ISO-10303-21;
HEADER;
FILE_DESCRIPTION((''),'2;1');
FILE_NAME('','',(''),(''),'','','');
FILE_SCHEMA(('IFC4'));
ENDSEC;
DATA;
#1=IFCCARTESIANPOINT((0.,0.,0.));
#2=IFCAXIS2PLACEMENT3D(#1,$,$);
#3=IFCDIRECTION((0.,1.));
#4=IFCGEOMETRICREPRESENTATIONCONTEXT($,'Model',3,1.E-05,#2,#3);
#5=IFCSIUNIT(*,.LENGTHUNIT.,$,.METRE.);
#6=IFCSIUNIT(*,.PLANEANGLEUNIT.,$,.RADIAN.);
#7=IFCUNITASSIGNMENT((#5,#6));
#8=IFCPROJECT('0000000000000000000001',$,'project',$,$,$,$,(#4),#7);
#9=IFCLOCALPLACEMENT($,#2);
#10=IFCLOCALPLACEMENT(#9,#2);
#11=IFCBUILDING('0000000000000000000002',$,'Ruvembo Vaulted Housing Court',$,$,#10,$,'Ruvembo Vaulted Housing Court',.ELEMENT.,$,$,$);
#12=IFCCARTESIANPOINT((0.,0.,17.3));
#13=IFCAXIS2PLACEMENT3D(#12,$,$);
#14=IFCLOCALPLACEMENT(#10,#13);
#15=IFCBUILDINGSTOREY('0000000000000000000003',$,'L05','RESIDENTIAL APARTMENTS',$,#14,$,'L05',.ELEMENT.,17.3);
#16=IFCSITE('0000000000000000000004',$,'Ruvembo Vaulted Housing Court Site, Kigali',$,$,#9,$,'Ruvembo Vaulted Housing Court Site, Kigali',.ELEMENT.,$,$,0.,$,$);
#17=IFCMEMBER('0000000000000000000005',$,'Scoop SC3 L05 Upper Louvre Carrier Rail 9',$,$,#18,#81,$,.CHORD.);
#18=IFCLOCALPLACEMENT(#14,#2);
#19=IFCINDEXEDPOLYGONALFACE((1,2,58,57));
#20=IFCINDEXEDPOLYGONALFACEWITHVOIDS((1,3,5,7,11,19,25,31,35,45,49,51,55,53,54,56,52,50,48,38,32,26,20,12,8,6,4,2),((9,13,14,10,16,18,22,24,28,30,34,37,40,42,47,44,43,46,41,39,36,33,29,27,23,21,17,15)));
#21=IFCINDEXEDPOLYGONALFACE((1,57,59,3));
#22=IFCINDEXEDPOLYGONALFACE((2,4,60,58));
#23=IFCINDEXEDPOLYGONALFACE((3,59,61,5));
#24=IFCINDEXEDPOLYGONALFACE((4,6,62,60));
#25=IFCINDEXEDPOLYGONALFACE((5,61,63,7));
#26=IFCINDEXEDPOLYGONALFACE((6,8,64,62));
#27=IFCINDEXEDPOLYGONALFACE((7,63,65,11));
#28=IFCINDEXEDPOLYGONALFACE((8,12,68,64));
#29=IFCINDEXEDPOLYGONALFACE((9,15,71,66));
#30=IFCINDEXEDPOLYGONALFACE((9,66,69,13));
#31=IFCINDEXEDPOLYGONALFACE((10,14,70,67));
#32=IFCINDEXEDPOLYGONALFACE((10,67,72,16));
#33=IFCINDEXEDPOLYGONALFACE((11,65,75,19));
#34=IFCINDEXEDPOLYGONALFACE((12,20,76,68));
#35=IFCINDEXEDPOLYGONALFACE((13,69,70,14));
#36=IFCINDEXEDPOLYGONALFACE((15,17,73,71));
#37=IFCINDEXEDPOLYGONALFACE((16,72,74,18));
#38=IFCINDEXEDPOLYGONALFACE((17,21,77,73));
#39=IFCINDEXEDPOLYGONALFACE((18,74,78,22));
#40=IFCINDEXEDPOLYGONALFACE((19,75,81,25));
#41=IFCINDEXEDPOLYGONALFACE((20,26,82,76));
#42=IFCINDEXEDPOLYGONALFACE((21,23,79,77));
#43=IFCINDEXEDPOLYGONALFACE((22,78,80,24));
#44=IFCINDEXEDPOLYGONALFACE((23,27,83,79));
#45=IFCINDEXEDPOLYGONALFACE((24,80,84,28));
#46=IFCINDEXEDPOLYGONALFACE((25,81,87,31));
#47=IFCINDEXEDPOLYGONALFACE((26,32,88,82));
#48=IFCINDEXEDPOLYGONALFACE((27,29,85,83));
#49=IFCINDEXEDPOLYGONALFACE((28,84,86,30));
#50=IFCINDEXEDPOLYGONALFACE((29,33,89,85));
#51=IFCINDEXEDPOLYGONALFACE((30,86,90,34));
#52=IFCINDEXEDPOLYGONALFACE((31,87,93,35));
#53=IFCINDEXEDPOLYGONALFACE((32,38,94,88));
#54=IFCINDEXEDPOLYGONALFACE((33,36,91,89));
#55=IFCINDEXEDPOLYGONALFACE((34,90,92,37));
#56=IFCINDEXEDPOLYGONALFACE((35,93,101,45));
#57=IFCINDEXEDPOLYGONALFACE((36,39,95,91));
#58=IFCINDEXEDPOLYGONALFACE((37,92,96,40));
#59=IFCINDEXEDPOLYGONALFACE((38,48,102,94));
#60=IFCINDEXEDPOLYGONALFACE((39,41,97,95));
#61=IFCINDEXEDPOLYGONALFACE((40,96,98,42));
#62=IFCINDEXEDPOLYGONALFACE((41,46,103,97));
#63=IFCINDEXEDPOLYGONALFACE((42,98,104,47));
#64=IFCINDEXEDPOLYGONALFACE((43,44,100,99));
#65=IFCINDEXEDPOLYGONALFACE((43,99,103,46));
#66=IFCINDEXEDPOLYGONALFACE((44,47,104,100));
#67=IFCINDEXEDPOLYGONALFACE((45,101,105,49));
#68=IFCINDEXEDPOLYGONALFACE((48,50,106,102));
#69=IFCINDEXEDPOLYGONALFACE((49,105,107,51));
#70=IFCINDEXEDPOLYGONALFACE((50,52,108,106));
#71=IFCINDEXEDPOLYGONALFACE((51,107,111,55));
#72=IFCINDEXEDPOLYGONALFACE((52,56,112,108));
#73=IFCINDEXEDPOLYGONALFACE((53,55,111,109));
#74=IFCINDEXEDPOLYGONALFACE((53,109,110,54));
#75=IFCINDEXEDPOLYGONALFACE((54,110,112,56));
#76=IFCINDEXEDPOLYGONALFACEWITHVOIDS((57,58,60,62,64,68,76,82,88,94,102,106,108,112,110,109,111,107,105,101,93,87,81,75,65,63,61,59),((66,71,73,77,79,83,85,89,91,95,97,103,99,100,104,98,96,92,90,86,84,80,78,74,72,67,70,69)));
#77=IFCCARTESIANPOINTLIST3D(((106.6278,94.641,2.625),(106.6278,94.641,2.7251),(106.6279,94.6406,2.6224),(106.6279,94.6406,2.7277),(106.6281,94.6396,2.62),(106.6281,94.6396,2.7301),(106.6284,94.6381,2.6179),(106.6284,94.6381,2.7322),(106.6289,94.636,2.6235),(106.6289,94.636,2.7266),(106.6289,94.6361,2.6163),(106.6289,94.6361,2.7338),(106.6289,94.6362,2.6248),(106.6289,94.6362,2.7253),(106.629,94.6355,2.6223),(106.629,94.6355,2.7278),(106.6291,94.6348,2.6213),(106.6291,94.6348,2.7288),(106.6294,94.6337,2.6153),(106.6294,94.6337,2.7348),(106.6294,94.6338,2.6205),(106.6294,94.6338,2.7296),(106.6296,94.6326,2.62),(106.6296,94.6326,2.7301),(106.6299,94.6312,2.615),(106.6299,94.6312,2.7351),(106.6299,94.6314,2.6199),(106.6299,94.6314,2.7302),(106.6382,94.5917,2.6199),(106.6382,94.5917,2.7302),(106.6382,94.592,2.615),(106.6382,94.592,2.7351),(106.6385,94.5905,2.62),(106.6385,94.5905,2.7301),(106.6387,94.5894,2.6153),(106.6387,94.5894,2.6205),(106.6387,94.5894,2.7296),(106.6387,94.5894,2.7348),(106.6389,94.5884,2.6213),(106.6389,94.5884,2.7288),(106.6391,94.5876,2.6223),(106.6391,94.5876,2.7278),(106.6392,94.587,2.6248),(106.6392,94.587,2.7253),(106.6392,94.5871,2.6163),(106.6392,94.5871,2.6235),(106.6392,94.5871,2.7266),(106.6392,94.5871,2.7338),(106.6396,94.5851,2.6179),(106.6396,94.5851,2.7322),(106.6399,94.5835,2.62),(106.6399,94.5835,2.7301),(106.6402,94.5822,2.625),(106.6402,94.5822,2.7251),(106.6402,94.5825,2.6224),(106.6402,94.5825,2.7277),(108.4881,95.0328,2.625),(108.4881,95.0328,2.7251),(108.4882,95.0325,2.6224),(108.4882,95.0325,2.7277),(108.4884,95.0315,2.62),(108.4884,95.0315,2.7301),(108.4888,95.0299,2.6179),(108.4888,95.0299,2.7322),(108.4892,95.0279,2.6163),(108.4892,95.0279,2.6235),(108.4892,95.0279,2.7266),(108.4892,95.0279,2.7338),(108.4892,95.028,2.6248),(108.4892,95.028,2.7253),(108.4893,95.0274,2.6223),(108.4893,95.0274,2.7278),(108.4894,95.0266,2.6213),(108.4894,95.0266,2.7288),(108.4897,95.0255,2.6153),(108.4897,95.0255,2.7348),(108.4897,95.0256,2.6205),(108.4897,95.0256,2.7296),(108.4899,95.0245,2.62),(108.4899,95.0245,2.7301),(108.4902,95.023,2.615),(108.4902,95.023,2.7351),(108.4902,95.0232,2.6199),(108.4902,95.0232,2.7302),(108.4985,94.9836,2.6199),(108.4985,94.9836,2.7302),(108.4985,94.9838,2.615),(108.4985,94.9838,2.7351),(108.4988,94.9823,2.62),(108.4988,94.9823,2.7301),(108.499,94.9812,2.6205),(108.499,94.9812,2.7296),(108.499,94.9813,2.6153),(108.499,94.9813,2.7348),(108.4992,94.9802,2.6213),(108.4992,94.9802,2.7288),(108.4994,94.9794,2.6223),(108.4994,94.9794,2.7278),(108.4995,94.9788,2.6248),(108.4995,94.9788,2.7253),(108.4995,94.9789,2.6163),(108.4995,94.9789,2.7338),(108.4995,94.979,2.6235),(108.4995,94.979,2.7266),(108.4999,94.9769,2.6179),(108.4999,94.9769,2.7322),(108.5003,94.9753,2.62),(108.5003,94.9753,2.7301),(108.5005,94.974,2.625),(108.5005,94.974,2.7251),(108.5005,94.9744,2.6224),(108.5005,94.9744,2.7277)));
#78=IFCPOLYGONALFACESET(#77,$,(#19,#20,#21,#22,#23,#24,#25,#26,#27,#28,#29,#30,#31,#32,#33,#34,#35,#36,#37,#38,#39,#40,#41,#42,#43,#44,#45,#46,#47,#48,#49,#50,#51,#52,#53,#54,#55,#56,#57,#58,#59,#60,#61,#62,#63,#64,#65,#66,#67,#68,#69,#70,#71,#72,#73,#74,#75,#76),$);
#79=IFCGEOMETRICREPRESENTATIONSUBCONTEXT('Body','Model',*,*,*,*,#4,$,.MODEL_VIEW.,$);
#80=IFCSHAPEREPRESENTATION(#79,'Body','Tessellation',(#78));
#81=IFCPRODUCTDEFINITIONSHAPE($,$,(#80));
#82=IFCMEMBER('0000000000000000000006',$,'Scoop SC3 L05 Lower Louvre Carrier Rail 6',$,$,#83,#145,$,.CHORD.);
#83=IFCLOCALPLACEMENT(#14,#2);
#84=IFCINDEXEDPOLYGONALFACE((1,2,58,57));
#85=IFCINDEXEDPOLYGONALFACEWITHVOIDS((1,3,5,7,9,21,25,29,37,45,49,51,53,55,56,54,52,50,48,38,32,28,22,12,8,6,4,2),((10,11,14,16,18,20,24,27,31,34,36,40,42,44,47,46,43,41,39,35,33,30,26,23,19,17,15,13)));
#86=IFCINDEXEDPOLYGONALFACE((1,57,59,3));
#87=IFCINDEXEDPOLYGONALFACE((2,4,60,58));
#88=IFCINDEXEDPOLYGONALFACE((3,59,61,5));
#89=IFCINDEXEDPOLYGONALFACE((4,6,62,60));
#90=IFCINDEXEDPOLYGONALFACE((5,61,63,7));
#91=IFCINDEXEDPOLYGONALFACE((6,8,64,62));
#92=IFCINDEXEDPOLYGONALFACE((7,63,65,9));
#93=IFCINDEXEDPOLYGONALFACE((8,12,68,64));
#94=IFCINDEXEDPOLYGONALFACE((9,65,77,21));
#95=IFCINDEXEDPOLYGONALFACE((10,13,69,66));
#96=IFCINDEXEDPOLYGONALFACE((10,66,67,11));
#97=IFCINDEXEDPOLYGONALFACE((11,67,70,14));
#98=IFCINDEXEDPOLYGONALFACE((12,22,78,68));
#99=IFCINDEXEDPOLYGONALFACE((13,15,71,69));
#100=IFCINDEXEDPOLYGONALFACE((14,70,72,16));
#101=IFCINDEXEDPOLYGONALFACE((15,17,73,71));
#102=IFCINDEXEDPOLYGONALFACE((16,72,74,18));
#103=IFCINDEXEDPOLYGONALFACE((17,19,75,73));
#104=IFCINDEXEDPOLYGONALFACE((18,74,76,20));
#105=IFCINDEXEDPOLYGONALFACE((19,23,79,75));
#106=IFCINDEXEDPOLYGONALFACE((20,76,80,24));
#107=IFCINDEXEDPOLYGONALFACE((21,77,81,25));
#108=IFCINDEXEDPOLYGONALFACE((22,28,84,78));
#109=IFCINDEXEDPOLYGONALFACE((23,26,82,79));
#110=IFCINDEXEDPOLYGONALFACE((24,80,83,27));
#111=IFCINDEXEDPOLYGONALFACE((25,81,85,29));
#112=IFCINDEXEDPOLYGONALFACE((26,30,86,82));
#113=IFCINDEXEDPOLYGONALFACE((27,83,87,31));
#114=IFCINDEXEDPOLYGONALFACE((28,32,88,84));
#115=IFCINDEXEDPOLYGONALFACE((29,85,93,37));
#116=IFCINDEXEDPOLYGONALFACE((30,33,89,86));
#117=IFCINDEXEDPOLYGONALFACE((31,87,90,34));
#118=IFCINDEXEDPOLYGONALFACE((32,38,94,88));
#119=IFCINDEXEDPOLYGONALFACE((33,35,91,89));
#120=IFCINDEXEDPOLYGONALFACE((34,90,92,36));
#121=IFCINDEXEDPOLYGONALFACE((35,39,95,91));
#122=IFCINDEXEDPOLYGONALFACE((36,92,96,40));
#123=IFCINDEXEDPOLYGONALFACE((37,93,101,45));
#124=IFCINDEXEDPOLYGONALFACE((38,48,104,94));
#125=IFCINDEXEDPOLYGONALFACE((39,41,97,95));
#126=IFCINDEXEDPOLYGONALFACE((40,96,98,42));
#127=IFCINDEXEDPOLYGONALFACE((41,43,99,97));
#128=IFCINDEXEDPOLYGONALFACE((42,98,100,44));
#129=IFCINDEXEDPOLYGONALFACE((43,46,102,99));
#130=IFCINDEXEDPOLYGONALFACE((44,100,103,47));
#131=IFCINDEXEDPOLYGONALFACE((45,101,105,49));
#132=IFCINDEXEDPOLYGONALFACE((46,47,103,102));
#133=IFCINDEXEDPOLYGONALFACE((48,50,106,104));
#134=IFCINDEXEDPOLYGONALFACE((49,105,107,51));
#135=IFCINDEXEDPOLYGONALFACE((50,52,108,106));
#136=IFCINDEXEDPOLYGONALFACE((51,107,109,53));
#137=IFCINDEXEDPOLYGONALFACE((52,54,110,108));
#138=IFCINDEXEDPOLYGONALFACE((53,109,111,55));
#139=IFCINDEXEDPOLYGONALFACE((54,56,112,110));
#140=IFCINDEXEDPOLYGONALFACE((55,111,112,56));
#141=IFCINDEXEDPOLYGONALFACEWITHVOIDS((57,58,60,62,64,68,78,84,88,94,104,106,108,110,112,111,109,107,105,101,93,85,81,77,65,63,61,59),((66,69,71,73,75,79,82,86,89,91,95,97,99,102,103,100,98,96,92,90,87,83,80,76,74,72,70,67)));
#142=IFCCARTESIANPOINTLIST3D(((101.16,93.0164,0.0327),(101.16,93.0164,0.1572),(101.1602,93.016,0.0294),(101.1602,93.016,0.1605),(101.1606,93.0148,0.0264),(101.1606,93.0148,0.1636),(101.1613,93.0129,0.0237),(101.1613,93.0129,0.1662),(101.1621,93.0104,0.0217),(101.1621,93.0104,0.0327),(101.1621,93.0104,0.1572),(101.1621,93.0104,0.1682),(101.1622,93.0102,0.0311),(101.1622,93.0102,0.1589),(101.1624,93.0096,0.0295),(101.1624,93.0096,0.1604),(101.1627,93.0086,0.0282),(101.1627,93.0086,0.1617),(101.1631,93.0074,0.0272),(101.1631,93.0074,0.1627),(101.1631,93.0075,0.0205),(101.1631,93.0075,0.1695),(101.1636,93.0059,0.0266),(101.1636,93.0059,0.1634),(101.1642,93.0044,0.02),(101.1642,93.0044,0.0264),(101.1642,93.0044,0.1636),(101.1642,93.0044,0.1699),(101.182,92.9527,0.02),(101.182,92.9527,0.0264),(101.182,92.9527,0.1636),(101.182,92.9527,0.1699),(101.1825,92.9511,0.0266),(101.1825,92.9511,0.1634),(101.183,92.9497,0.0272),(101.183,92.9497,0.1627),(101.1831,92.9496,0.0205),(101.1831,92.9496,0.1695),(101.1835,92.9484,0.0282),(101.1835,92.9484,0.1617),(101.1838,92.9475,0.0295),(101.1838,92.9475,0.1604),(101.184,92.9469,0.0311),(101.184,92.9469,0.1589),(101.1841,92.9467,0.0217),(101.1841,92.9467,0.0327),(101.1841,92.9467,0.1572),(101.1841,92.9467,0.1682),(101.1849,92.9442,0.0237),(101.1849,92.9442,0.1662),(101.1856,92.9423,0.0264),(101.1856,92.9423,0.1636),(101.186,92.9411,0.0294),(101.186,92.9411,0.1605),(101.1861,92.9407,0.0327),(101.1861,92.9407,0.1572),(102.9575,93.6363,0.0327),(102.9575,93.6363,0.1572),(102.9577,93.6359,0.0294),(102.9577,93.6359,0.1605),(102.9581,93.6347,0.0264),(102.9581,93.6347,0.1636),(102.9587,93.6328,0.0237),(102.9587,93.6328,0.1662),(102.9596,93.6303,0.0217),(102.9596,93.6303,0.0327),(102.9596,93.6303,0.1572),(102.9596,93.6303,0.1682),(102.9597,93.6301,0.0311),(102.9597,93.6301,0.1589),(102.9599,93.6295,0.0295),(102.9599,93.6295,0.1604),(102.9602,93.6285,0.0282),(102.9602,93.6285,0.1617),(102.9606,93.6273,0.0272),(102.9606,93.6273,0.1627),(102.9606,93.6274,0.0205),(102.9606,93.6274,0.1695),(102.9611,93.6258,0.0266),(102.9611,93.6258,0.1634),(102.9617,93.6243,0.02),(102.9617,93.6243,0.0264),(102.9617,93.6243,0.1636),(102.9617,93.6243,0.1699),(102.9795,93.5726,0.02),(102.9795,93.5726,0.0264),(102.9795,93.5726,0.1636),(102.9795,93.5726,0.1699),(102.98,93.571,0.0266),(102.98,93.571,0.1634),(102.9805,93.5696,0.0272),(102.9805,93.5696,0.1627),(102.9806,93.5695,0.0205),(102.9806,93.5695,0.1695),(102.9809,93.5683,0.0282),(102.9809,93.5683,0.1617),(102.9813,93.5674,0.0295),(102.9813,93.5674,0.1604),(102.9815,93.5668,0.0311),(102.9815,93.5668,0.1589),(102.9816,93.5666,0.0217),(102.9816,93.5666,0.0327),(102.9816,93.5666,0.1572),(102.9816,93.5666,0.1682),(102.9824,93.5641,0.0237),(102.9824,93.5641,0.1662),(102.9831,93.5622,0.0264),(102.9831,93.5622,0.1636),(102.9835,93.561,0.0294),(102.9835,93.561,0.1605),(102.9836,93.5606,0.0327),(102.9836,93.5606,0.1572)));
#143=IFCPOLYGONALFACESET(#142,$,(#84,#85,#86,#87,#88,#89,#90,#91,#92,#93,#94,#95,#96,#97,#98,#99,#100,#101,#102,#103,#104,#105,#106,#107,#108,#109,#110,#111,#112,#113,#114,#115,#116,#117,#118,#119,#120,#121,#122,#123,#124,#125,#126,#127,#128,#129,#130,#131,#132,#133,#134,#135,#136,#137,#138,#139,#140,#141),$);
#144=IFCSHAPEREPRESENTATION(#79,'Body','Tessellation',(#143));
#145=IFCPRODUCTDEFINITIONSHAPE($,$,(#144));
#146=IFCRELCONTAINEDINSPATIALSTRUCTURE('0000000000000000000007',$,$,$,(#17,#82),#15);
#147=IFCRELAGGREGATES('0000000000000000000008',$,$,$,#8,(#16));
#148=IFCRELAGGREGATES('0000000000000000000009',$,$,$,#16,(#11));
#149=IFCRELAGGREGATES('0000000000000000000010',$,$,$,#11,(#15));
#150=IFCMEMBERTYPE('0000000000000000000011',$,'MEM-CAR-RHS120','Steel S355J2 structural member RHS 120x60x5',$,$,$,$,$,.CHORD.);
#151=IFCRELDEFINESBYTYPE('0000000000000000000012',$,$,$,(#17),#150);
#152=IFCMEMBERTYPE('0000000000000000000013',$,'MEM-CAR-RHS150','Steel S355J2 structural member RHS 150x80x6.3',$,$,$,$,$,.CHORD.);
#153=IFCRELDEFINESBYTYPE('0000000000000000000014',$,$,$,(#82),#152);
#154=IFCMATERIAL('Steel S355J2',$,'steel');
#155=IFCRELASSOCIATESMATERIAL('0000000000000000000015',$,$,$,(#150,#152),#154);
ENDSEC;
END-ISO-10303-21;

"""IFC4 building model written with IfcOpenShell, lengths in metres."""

from ifc_helpers import new_model, si_unit, direction, frame, origin, origin_2d, place, context, subcontext, project, spatial, hollow_rectangle, extrude, material, material_profile, profile_set, type_object, element, save


model = new_model("IFC4")

# Units and contexts
model_context = context("Model", 3, precision=1e-05, world=origin(), true_north=direction((0.0, 1.0)))
body_context = subcontext(model_context, "Body", "Model", "MODEL_VIEW")
ifc_project = project(units=[si_unit("LENGTHUNIT", "METRE"), si_unit("PLANEANGLEUNIT", "RADIAN")], contexts=[model_context])

# Site, building, storey
site_placement = place(None, origin())
site = spatial("IfcSite", under=ifc_project, at=site_placement, Name="Ruvembo Vaulted Housing Court Site, Kigali", LongName="Ruvembo Vaulted Housing Court Site, Kigali", CompositionType="ELEMENT", RefElevation=0.0)
building_placement = place(site_placement, origin())
building = spatial("IfcBuilding", under=site, at=building_placement, Name="Ruvembo Vaulted Housing Court", LongName="Ruvembo Vaulted Housing Court", CompositionType="ELEMENT")
storey_placement = place(building_placement, frame((0.0, 0.0, 17.3)))
storey = spatial("IfcBuildingStorey", under=building, at=storey_placement, Name="L05", Description="RESIDENTIAL APARTMENTS", LongName="L05", CompositionType="ELEMENT", Elevation=17.3)

# Shared definitions
ifc_material_1 = material(Name="Steel S355J2", Category="steel")

# Members
ifc_material_profile_1 = material_profile(ifc_material_1, hollow_rectangle(XDim=0.0601, YDim=0.1201, WallThickness=0.0049, InnerFilletRadius=0.0049, OuterFilletRadius=0.01, at=origin_2d()), Name="RHS 120x60x5")
ifc_profile_set_1 = profile_set([ifc_material_profile_1], Name="Steel S355J2")
member_type_1 = type_object("IfcMemberType", Name="MEM-CAR-RHS120", Description="Steel S355J2 structural member RHS 120x60x5", PredefinedType="CHORD", material=ifc_profile_set_1)
member_1_placement = place(storey_placement, frame((106.634, 94.6116, 2.675), z_axis=(0.978529, 0.206108, 0.0), x_axis=(-0.206108, 0.978529, 0.0)))
element("IfcMember", 1, at=member_1_placement, inside=storey, type_object=member_type_1, Name="Scoop SC3 L05 Upper Louvre Carrier Rail 9", PredefinedType="CHORD", context=body_context, shape_type="SweptSolid", body=[
    extrude(hollow_rectangle(XDim=0.0601, YDim=0.1201, WallThickness=0.0049, InnerFilletRadius=0.0049, OuterFilletRadius=0.01, at=origin_2d()), origin(), (0.0, 0.0, 1.0), 1.9011),
])
ifc_material_profile_2 = material_profile(ifc_material_1, hollow_rectangle(XDim=0.0801, YDim=0.1499, WallThickness=0.0063, InnerFilletRadius=0.0063, OuterFilletRadius=0.0127, at=origin_2d()), Name="RHS 150x80x6.3")
ifc_profile_set_2 = profile_set([ifc_material_profile_2], Name="Steel S355J2")
member_type_2 = type_object("IfcMemberType", Name="MEM-CAR-RHS150", Description="Steel S355J2 structural member RHS 150x80x6.3", PredefinedType="CHORD", material=ifc_profile_set_2)
member_2_placement = place(storey_placement, frame((101.1731, 92.9785, 0.095), z_axis=(0.945358, 0.326034, 0.0), x_axis=(-0.326034, 0.945358, 0.0)))
element("IfcMember", 2, at=member_2_placement, inside=storey, type_object=member_type_2, Name="Scoop SC3 L05 Lower Louvre Carrier Rail 6", PredefinedType="CHORD", context=body_context, shape_type="SweptSolid", body=[
    extrude(hollow_rectangle(XDim=0.0801, YDim=0.1499, WallThickness=0.0063, InnerFilletRadius=0.0063, OuterFilletRadius=0.0127, at=origin_2d()), origin(), (0.0, 0.0, 1.0), 1.9014),
])

save(model, "model.ifc")
